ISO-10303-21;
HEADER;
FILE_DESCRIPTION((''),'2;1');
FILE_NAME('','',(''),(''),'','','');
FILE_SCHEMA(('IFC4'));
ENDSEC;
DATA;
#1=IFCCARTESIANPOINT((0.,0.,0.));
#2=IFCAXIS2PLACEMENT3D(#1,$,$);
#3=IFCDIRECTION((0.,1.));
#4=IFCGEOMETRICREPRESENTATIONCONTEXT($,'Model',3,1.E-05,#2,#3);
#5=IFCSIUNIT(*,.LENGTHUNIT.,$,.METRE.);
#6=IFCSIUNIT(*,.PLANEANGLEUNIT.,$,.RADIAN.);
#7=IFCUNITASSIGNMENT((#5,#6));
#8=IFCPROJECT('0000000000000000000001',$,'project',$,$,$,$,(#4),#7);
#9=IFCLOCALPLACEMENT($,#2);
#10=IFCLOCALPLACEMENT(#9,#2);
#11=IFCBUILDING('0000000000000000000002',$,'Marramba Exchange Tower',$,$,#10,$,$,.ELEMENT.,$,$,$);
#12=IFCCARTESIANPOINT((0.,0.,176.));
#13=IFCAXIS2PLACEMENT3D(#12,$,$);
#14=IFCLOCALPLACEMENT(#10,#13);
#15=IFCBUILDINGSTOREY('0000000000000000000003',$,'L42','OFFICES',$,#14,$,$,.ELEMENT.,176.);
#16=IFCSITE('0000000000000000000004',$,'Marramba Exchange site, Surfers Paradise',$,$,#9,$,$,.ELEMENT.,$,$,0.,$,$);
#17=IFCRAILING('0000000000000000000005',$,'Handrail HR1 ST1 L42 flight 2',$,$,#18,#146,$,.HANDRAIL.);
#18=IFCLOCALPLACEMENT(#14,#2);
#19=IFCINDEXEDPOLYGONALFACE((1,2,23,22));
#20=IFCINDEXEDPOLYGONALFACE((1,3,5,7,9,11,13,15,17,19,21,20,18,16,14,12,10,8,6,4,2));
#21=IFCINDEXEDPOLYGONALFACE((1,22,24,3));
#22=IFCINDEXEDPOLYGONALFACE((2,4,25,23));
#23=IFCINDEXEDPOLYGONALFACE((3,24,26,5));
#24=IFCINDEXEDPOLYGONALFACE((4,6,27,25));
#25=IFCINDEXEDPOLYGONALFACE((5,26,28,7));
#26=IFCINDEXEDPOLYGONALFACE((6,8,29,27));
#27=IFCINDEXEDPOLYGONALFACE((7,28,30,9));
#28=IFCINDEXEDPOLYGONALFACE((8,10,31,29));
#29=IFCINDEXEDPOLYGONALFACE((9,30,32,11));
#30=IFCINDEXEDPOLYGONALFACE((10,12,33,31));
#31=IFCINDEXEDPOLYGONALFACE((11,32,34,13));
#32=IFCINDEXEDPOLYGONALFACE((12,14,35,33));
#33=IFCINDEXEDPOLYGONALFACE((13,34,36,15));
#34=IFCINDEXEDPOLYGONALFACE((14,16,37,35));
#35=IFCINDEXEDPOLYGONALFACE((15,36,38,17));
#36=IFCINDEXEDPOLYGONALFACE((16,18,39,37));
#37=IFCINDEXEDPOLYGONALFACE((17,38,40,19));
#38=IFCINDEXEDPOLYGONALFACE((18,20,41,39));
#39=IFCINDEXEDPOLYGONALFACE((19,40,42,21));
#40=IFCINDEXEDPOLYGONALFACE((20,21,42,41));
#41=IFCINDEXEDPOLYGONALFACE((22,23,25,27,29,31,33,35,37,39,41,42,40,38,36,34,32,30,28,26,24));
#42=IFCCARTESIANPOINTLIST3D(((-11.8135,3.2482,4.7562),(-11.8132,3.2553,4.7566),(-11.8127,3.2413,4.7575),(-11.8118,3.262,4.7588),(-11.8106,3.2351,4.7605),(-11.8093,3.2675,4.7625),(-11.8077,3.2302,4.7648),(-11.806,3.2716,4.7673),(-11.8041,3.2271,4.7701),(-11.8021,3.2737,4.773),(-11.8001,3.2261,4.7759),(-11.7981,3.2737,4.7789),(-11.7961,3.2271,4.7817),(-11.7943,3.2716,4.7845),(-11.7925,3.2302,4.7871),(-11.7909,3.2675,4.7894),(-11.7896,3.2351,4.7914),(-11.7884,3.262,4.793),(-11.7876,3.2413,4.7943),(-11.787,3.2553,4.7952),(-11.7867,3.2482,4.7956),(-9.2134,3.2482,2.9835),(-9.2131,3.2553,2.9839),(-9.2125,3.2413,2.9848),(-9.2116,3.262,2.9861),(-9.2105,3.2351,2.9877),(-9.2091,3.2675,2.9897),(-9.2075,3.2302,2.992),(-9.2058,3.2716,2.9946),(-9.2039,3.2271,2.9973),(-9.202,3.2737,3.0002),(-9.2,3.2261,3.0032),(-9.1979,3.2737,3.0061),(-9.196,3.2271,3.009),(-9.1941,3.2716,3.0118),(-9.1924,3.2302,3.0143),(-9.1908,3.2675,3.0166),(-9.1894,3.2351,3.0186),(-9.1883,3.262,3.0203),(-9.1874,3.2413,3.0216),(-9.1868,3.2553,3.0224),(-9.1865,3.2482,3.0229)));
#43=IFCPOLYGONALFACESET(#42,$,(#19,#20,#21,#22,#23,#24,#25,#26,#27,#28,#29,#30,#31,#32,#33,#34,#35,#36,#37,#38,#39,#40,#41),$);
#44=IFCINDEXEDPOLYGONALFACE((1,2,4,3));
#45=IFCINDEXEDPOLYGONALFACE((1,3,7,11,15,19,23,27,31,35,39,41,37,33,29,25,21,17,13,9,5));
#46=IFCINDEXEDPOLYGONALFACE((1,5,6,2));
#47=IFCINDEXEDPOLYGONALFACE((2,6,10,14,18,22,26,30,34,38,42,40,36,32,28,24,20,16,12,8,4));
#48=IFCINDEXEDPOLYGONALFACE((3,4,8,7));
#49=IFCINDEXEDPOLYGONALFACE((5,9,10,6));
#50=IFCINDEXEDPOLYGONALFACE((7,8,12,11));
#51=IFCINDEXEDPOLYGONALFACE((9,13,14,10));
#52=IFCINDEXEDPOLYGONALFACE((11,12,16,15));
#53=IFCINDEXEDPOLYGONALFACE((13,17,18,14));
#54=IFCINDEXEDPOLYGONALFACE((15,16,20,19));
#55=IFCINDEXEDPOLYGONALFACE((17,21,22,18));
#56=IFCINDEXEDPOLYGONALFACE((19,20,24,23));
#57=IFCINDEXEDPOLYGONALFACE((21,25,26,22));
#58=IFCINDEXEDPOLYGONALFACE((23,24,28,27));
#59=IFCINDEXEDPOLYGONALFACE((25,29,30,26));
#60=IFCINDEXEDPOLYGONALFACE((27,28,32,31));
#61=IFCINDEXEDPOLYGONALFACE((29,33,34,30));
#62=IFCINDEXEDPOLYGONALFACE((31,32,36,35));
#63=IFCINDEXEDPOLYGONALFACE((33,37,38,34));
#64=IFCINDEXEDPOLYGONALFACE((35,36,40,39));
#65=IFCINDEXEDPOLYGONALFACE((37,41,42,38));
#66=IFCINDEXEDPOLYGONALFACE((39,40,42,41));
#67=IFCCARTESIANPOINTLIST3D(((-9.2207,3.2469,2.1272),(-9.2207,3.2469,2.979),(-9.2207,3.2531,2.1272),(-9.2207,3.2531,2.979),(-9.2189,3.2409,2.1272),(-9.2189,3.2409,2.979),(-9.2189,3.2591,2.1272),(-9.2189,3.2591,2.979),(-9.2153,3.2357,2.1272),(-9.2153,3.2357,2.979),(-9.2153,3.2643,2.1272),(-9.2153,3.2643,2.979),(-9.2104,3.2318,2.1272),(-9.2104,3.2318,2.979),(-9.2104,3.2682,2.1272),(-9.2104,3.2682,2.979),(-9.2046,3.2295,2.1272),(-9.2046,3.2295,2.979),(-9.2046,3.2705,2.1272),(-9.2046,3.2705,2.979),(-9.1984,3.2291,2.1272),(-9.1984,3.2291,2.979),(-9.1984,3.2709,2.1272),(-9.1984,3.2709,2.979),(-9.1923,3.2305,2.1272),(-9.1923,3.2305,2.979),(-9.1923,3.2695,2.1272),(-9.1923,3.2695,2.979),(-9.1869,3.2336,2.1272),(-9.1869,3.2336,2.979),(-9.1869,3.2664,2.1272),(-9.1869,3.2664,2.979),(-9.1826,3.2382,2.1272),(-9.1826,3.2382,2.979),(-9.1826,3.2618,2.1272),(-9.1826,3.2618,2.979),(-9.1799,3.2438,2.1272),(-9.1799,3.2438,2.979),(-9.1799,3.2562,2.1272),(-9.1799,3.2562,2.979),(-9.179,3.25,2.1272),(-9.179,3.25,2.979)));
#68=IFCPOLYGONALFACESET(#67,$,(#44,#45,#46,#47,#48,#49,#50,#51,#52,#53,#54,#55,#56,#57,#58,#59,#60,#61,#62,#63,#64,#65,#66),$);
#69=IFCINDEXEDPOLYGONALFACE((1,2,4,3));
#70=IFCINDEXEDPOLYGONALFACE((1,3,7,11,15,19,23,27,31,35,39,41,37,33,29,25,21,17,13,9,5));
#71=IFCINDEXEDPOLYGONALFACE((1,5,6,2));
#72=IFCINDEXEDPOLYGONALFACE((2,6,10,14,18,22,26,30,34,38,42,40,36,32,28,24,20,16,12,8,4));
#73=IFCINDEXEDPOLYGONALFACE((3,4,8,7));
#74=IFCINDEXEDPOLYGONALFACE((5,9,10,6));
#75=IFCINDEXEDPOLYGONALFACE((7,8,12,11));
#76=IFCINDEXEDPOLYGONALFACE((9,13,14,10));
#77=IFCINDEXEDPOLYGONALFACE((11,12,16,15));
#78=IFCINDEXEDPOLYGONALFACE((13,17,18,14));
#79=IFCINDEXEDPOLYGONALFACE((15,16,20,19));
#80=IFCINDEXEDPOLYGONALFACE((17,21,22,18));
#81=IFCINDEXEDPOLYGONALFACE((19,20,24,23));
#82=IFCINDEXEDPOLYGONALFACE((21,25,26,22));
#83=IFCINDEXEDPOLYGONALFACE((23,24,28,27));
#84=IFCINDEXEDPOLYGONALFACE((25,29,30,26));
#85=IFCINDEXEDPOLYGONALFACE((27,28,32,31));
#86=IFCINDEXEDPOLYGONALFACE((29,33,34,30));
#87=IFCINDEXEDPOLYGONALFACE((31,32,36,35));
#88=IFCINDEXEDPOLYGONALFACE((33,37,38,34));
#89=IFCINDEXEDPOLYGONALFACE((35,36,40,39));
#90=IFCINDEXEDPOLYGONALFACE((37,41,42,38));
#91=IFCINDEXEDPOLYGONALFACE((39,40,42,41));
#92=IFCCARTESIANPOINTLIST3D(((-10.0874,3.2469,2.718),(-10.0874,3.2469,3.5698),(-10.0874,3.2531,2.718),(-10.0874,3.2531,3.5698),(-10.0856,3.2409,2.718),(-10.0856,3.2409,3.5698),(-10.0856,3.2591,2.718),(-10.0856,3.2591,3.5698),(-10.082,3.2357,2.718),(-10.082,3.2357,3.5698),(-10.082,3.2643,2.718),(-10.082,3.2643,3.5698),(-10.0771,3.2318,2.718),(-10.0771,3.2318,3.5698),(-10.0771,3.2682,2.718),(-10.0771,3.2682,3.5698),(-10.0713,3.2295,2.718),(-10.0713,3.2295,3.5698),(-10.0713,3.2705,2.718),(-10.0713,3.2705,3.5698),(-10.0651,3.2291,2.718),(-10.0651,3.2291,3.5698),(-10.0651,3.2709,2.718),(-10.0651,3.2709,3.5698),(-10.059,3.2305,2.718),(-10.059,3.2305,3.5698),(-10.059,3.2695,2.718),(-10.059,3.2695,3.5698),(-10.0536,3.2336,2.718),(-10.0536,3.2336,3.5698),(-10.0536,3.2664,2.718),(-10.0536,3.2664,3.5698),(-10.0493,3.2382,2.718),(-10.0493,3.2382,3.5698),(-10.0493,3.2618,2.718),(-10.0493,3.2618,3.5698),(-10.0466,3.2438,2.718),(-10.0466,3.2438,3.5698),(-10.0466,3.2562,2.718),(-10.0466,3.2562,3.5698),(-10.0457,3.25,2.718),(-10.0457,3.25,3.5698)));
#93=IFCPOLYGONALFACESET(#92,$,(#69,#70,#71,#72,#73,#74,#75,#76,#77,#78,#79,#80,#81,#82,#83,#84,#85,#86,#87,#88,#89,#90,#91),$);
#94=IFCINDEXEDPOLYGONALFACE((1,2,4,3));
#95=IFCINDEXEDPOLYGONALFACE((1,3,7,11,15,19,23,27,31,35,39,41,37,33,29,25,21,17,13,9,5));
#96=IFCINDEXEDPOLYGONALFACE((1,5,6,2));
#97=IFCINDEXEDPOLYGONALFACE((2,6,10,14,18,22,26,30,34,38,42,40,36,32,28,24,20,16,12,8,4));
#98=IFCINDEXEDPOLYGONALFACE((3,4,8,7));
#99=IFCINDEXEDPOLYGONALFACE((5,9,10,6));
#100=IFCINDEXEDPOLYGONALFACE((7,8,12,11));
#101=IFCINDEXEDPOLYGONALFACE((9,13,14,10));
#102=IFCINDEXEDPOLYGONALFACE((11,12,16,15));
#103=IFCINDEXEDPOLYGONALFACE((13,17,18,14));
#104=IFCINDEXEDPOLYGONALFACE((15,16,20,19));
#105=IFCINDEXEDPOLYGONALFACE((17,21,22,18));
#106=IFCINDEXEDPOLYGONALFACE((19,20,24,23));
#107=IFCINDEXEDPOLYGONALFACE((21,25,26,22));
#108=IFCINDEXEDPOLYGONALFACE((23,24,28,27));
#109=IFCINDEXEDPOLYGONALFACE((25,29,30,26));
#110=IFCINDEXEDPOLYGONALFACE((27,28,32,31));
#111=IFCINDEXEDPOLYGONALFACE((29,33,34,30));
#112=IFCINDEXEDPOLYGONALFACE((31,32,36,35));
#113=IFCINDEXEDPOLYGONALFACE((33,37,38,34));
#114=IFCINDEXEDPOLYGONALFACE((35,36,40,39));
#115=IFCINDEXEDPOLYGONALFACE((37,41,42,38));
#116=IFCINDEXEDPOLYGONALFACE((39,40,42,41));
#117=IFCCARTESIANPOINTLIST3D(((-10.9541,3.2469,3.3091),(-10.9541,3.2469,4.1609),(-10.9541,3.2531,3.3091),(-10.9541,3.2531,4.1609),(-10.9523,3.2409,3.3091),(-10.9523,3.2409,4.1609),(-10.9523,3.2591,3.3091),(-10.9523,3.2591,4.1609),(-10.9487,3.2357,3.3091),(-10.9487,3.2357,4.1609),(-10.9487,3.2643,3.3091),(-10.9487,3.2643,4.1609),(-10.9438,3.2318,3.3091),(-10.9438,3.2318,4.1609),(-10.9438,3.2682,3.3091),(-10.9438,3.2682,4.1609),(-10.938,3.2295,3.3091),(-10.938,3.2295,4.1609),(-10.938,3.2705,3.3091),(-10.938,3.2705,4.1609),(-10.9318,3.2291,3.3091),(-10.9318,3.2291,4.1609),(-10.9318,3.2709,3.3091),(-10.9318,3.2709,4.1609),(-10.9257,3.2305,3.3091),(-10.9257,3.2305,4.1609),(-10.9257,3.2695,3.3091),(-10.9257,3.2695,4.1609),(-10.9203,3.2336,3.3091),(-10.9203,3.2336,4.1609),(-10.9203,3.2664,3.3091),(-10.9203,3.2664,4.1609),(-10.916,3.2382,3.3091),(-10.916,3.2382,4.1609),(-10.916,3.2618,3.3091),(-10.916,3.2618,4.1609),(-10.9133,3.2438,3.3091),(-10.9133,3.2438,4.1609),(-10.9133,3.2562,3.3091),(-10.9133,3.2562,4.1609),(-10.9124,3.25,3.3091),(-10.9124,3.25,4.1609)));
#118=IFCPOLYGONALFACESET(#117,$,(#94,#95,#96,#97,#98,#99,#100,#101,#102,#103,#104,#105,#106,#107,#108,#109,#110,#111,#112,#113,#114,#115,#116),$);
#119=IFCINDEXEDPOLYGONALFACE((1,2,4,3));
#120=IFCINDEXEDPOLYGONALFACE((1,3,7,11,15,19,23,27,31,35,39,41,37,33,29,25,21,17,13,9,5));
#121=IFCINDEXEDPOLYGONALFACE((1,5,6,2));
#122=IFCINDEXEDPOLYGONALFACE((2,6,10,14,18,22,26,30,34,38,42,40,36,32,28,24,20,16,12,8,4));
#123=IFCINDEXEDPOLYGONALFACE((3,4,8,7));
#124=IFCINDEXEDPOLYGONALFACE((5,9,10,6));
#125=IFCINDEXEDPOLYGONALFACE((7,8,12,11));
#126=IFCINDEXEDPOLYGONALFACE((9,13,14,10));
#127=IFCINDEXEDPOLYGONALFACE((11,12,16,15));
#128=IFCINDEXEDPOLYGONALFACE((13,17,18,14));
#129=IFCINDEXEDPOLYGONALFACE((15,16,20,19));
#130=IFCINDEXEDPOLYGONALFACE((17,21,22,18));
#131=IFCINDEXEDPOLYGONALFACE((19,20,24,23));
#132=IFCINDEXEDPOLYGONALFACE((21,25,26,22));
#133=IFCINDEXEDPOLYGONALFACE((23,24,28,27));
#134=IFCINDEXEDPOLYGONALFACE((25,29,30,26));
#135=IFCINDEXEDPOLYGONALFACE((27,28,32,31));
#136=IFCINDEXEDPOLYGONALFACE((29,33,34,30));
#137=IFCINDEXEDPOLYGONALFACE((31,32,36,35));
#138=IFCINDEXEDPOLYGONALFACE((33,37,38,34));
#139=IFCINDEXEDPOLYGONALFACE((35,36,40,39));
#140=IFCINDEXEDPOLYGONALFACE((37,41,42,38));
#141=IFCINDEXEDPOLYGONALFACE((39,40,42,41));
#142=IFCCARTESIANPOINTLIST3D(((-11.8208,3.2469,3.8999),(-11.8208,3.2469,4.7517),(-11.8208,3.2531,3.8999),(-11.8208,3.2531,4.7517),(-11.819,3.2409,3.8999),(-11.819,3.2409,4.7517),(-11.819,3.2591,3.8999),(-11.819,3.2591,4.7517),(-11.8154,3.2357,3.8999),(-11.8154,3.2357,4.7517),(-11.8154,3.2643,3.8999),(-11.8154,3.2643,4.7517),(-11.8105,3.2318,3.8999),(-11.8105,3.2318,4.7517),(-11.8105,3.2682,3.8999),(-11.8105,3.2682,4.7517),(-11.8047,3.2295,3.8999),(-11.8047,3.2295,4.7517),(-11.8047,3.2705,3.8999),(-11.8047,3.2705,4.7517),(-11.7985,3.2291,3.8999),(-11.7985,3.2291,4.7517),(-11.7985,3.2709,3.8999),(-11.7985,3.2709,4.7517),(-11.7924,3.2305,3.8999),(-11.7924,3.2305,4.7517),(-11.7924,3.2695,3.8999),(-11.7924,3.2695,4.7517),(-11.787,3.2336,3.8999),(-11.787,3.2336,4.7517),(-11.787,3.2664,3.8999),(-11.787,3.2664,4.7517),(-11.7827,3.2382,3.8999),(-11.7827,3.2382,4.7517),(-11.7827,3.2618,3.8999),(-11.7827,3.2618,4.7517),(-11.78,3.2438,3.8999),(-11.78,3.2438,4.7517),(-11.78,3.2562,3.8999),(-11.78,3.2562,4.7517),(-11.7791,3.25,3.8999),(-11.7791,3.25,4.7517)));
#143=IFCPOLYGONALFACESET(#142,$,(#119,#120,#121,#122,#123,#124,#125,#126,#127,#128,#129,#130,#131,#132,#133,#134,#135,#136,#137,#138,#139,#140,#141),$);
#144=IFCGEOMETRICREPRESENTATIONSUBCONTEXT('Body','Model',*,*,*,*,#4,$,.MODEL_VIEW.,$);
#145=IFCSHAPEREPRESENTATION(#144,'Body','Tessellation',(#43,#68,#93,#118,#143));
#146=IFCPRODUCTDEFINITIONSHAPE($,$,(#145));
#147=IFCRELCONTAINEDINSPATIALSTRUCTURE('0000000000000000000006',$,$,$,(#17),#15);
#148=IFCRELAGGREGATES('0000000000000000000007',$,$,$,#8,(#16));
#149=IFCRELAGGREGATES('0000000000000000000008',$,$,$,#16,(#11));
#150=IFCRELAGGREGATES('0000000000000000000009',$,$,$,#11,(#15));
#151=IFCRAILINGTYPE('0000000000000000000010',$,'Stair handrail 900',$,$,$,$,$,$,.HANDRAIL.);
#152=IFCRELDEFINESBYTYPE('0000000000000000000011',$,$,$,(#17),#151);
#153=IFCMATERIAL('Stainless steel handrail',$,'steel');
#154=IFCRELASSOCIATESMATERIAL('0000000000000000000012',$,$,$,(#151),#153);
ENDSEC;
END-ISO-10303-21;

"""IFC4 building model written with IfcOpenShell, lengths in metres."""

from ifc_helpers import new_model, si_unit, direction, frame, origin, origin_2d, place, context, subcontext, project, spatial, circle, extrude, material, type_object, element, save


model = new_model("IFC4")

# Units and contexts
model_context = context("Model", 3, precision=1e-05, world=origin(), true_north=direction((0.0, 1.0)))
body_context = subcontext(model_context, "Body", "Model", "MODEL_VIEW")
ifc_project = project(units=[si_unit("LENGTHUNIT", "METRE"), si_unit("PLANEANGLEUNIT", "RADIAN")], contexts=[model_context])

# Site, building, storey
site_placement = place(None, origin())
site = spatial("IfcSite", under=ifc_project, at=site_placement, Name="Marramba Exchange site, Surfers Paradise", CompositionType="ELEMENT", RefElevation=0.0)
building_placement = place(site_placement, origin())
building = spatial("IfcBuilding", under=site, at=building_placement, Name="Marramba Exchange Tower", CompositionType="ELEMENT")
storey_placement = place(building_placement, frame((0.0, 0.0, 176.0)))
storey = spatial("IfcBuildingStorey", under=building, at=storey_placement, Name="L42", Description="OFFICES", CompositionType="ELEMENT", Elevation=176.0)

# Railing
ifc_material_1 = material(Name="Stainless steel handrail", Category="steel")
railing_type = type_object("IfcRailingType", Name="Stair handrail 900", PredefinedType="HANDRAIL", material=ifc_material_1)
railing_1_placement = place(storey_placement, frame((-9.2, 3.25, 2.1272)))
element("IfcRailing", 1, at=railing_1_placement, inside=storey, type_object=railing_type, Name="Handrail HR1 ST1 L42 flight 2", PredefinedType="HANDRAIL", context=body_context, shape_type="SweptSolid", body=[
    extrude(circle(Radius=0.0239, at=origin_2d()), frame((0.0, 0.0, 0.876), z_axis=(-0.82624, 0.0, 0.563318), x_axis=(0.0, -1.0, 0.0)), (0.0, 0.0, 1.0), 3.147),
    extrude(circle(Radius=0.021, at=origin_2d()), origin(), (0.0, 0.0, 1.0), 0.8518),
    extrude(circle(Radius=0.021, at=origin_2d()), frame((-0.8667, 0.0, 0.5908)), (0.0, 0.0, 1.0), 0.8518),
    extrude(circle(Radius=0.021, at=origin_2d()), frame((-1.7334, 0.0, 1.1819)), (0.0, 0.0, 1.0), 0.8518),
    extrude(circle(Radius=0.021, at=origin_2d()), frame((-2.6001, 0.0, 1.7727)), (0.0, 0.0, 1.0), 0.8518),
])

save(model, "model.ifc")
